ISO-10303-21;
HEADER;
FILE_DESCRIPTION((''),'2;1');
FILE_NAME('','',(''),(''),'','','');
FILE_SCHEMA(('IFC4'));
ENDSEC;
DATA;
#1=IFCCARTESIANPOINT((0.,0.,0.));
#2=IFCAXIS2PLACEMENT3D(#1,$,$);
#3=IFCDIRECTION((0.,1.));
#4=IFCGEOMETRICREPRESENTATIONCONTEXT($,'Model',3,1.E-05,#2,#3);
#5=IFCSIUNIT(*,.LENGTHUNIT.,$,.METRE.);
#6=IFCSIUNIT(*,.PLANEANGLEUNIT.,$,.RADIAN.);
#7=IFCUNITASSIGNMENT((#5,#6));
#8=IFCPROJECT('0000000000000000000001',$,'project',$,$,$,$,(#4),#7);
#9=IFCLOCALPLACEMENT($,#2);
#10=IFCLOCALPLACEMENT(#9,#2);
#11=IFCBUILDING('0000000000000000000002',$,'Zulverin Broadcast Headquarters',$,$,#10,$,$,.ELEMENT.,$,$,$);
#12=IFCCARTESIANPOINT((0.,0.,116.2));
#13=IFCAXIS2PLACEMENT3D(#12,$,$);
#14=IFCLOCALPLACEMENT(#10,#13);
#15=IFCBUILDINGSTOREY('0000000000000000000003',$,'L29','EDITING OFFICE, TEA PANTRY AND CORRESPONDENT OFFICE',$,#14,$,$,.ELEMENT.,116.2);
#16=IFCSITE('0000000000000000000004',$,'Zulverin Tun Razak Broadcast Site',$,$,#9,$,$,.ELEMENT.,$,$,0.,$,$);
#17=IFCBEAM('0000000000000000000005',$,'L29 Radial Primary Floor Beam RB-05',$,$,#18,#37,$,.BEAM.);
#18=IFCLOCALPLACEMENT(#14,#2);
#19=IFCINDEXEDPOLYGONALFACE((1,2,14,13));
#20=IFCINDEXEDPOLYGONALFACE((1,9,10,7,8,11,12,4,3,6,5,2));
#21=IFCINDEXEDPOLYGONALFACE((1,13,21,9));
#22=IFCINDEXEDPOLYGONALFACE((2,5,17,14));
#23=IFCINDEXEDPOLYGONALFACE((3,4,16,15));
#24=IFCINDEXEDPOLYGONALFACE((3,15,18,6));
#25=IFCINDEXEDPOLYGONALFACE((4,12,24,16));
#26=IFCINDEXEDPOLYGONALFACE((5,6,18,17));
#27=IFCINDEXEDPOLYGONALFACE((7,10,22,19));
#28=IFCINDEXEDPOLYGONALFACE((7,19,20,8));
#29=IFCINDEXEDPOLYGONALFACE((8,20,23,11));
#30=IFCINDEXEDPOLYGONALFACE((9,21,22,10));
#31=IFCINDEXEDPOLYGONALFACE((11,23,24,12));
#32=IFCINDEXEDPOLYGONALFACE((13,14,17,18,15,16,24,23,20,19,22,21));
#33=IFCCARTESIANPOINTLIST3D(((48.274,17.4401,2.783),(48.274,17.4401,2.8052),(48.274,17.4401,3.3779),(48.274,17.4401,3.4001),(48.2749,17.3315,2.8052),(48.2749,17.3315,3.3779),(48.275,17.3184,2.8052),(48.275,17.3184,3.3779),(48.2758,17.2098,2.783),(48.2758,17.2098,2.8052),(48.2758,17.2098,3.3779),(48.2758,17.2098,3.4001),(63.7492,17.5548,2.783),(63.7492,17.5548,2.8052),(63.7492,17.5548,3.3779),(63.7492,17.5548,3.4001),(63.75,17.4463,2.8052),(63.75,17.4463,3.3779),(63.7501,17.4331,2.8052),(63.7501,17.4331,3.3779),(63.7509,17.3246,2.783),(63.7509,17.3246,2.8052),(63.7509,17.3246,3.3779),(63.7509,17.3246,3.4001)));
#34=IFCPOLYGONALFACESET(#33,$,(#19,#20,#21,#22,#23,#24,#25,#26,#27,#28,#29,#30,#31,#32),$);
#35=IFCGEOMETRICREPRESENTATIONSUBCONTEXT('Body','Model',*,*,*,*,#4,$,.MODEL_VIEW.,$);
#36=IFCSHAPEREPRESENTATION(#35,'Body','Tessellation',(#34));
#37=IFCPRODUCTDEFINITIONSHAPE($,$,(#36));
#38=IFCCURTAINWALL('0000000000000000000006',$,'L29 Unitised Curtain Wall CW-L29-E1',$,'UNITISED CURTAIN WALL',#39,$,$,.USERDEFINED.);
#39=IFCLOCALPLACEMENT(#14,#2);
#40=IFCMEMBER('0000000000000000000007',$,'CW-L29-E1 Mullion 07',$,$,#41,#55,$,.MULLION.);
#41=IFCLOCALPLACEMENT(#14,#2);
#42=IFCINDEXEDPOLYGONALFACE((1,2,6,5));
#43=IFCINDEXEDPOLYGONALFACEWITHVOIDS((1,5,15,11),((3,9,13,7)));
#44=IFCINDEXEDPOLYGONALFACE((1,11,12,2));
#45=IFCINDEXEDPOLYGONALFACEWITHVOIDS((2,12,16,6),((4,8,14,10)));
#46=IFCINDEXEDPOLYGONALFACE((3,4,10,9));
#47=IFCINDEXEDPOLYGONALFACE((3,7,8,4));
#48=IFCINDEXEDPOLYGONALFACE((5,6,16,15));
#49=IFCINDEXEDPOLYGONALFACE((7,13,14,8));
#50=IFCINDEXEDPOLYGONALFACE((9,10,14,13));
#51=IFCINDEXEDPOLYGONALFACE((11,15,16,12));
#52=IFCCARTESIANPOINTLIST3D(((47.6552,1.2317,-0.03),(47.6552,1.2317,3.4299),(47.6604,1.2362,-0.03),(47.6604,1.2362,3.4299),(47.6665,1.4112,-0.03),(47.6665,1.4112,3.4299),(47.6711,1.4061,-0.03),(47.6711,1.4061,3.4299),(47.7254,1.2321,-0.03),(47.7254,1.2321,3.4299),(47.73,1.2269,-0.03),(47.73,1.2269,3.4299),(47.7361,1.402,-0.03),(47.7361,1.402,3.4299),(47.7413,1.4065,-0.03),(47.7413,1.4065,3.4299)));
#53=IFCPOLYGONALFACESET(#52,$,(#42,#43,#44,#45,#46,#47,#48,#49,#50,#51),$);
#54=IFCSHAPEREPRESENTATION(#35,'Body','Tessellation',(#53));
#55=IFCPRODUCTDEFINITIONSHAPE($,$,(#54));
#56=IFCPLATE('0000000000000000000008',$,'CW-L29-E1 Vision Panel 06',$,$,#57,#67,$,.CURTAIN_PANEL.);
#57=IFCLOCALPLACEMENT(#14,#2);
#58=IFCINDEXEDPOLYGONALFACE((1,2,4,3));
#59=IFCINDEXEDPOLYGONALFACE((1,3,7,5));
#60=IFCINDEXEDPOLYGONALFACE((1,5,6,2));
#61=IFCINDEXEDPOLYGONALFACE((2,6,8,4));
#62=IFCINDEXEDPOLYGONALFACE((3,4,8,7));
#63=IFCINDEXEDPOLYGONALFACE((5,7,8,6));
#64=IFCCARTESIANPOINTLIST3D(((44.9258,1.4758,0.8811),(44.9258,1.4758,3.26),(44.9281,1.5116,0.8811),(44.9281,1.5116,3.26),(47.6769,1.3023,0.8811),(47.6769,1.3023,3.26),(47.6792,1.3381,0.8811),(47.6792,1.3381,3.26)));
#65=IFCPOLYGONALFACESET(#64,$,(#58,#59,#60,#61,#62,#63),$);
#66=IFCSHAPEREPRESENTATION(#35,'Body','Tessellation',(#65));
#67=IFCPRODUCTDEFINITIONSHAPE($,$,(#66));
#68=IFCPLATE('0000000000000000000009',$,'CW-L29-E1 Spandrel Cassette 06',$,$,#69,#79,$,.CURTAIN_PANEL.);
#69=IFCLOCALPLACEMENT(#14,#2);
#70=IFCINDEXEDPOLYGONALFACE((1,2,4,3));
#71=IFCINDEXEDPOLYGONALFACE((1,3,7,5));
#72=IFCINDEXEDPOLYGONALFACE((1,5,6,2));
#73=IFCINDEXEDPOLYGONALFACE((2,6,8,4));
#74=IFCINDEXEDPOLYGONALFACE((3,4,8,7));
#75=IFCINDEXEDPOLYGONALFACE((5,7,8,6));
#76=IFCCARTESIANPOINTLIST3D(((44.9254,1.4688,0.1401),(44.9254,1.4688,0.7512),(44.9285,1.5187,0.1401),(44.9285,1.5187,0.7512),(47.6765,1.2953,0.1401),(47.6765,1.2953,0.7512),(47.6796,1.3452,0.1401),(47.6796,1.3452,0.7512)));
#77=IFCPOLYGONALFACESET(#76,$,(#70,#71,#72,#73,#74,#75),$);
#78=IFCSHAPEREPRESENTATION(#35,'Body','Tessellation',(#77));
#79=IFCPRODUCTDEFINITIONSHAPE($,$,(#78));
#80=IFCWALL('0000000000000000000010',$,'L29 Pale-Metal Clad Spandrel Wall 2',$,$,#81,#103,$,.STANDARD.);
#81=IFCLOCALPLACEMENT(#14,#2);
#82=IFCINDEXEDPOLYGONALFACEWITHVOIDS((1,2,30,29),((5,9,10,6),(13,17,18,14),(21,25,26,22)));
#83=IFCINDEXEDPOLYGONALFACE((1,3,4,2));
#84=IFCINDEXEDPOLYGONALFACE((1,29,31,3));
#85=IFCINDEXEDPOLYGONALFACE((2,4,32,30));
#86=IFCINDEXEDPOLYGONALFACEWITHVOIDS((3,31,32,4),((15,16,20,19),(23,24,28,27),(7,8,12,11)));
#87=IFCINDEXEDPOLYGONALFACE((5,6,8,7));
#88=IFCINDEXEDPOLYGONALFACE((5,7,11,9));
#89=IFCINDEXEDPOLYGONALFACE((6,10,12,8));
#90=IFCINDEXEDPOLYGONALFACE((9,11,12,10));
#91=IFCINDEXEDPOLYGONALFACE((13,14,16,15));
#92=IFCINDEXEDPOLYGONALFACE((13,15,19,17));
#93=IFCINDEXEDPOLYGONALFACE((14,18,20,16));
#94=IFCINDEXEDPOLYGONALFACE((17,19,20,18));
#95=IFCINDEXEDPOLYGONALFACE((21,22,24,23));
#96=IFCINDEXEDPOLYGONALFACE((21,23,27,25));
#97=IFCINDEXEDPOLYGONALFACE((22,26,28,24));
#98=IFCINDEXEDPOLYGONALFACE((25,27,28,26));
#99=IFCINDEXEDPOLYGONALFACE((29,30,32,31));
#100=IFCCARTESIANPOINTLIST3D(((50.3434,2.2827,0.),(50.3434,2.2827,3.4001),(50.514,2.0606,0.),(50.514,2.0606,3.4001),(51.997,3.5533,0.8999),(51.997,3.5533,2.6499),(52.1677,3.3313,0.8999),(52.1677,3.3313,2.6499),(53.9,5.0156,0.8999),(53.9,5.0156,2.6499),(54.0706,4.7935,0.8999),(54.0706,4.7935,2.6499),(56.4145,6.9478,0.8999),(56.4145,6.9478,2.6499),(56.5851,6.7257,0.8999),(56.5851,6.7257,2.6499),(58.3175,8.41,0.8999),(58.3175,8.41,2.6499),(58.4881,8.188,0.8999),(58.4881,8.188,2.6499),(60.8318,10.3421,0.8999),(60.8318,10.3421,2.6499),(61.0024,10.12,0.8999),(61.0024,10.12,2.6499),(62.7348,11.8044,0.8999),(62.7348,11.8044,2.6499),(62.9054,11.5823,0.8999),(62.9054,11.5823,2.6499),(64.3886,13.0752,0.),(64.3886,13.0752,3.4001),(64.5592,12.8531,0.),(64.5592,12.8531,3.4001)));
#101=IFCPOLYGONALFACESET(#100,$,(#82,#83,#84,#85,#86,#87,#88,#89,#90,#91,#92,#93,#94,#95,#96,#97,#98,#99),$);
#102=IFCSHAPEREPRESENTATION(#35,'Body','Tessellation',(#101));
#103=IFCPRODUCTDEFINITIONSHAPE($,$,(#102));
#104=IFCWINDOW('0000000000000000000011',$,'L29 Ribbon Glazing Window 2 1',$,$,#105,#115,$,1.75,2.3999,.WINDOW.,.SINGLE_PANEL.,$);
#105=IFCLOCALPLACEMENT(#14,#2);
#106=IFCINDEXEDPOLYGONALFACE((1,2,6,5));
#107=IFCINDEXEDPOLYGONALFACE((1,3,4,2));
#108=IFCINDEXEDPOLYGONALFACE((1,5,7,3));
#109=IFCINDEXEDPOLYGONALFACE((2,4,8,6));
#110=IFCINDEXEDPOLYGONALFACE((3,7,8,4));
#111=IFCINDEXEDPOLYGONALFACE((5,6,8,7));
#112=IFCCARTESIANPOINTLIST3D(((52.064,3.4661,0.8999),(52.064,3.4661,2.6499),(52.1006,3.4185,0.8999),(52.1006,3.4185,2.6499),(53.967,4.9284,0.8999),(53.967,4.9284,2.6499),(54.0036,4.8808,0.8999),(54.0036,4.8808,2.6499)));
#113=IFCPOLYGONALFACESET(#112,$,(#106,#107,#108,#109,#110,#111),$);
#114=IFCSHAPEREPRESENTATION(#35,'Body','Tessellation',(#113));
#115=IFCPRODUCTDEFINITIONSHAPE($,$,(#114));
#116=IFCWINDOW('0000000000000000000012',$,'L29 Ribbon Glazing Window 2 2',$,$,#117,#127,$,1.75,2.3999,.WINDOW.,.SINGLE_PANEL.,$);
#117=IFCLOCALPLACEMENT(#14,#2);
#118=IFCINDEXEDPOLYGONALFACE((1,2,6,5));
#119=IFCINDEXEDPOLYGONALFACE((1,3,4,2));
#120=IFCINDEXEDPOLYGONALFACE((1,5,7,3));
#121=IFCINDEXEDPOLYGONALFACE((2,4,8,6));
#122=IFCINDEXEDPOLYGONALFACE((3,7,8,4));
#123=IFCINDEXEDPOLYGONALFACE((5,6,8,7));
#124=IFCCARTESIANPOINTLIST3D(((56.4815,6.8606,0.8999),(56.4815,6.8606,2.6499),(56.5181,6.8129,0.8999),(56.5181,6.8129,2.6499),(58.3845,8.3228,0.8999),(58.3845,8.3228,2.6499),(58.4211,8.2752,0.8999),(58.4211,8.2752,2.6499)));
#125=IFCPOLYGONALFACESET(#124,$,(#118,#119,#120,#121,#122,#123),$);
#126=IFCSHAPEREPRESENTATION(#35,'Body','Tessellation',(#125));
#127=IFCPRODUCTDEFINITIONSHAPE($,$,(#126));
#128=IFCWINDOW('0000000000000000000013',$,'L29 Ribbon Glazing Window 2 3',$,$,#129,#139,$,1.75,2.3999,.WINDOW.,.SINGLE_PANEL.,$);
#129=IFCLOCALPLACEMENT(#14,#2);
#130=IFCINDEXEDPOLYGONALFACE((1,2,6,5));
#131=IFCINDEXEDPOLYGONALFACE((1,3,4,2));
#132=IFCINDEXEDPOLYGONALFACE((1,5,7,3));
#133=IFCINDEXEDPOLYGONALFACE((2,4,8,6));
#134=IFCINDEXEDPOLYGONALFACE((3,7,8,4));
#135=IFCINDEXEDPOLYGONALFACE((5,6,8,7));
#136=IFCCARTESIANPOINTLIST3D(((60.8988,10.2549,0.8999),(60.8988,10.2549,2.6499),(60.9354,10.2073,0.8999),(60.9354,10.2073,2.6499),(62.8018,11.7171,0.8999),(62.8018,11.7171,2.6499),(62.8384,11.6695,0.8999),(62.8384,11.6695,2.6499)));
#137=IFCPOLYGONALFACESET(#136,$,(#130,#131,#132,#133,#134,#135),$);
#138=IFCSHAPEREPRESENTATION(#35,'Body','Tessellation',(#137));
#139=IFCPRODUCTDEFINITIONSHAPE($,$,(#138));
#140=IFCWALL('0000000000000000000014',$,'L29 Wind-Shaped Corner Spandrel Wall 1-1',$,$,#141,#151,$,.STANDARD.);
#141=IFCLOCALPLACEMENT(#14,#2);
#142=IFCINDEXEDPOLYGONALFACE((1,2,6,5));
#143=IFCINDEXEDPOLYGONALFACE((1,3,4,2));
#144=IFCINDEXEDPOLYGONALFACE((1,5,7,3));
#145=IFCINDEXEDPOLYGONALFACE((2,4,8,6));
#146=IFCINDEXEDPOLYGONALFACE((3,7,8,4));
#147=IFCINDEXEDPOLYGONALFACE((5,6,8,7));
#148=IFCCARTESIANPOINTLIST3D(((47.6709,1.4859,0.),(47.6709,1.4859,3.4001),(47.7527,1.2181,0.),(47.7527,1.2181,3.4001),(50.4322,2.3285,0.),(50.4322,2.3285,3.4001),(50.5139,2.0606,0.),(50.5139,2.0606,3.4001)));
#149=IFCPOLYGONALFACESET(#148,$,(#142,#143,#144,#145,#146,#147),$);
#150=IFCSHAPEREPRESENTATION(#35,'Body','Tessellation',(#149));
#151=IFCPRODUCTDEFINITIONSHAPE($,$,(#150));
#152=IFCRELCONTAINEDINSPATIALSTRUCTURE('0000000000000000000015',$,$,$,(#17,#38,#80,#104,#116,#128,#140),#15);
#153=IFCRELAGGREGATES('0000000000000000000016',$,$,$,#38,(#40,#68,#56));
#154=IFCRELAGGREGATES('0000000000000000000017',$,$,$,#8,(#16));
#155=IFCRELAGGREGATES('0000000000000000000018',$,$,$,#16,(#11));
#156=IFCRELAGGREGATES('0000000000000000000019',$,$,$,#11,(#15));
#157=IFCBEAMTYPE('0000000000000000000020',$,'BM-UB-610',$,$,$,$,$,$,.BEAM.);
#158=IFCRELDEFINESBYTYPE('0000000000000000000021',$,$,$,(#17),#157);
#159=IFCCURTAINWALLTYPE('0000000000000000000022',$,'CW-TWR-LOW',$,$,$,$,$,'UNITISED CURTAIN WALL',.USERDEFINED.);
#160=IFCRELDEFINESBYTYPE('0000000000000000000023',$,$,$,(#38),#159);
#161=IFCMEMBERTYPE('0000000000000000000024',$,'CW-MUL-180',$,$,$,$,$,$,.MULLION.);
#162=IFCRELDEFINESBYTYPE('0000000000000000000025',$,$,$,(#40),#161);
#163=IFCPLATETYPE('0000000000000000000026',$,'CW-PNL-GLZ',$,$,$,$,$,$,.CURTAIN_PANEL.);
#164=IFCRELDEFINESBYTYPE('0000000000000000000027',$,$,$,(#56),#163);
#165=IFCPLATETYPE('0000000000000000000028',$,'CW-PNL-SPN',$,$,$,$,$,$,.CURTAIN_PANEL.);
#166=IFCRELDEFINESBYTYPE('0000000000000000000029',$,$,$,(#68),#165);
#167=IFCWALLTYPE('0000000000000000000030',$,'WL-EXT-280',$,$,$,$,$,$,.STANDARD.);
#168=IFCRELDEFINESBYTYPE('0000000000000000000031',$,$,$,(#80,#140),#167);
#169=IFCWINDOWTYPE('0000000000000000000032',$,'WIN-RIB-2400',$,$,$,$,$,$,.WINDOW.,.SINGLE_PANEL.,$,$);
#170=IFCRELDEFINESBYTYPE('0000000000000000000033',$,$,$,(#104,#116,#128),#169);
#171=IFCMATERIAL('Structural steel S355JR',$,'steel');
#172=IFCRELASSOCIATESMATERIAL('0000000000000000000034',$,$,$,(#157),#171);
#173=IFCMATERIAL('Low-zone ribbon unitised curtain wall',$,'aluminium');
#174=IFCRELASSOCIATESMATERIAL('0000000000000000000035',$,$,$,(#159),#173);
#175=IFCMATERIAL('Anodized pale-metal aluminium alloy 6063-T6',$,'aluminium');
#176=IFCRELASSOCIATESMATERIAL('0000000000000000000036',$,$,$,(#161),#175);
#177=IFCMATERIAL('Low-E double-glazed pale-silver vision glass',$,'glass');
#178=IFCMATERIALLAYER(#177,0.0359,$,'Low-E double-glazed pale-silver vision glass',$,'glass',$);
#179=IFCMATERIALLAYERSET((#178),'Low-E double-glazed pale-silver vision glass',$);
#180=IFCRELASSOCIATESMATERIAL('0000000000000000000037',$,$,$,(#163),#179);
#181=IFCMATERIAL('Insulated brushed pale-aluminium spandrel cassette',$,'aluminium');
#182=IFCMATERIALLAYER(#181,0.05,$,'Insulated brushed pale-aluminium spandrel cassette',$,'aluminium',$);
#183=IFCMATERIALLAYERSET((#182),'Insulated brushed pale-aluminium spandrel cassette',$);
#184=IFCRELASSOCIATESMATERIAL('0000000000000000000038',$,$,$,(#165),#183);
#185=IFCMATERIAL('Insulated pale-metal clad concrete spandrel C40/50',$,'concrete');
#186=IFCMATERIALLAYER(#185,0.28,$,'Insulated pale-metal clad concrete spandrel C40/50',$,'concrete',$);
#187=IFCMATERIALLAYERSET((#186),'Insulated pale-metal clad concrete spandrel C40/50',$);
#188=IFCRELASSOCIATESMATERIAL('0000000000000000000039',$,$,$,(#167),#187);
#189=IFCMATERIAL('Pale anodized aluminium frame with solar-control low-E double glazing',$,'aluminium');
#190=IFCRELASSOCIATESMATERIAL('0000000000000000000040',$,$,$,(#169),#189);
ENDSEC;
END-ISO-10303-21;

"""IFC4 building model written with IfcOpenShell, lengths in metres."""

from ifc_helpers import new_model, si_unit, direction, frame, frame_2d, origin, origin_2d, place, context, subcontext, project, spatial, rectangle, hollow_rectangle, i_section, extrude, material, layer, layer_set, material_profile, profile_set, type_object, element, fill, aggregate, save


model = new_model("IFC4")

# Units and contexts
model_context = context("Model", 3, precision=1e-05, world=origin(), true_north=direction((0.0, 1.0)))
body_context = subcontext(model_context, "Body", "Model", "MODEL_VIEW")
ifc_project = project(units=[si_unit("LENGTHUNIT", "METRE"), si_unit("PLANEANGLEUNIT", "RADIAN")], contexts=[model_context])

# Site, building, storey
site_placement = place(None, origin())
site = spatial("IfcSite", under=ifc_project, at=site_placement, Name="Zulverin Tun Razak Broadcast Site", CompositionType="ELEMENT", RefElevation=0.0)
building_placement = place(site_placement, origin())
building = spatial("IfcBuilding", under=site, at=building_placement, Name="Zulverin Broadcast Headquarters", CompositionType="ELEMENT")
storey_placement = place(building_placement, frame((0.0, 0.0, 116.2)))
storey = spatial("IfcBuildingStorey", under=building, at=storey_placement, Name="L29", Description="EDITING OFFICE, TEA PANTRY AND CORRESPONDENT OFFICE", CompositionType="ELEMENT", Elevation=116.2)

# Beam
ifc_material_1 = material(Name="Structural steel S355JR", Category="steel")
ifc_material_profile_1 = material_profile(ifc_material_1, i_section(OverallWidth=0.2302, OverallDepth=0.6172, WebThickness=0.0132, FlangeThickness=0.0222, at=origin_2d()), Name="Structural steel S355JR", Category="steel")
ifc_profile_set_1 = profile_set([ifc_material_profile_1], Name="Structural steel S355JR")
beam_type_1 = type_object("IfcBeamType", Name="BM-UB-610", PredefinedType="BEAM", material=ifc_profile_set_1)
beam_1_placement = place(storey_placement, frame((48.2749, 17.325, 3.0916), z_axis=(0.999973, 0.007415, 0.0), x_axis=(-0.007415, 0.999973, 0.0)))
element("IfcBeam", 1, at=beam_1_placement, inside=storey, type_object=beam_type_1, Name="L29 Radial Primary Floor Beam RB-05", PredefinedType="BEAM", context=body_context, shape_type="SweptSolid", body=[
    extrude(i_section(OverallWidth=0.2302, OverallDepth=0.6172, WebThickness=0.0132, FlangeThickness=0.0222, at=origin_2d()), origin(), (0.0, 0.0, 1.0), 15.4756),
])

# Curtain wall, member, plates
ifc_material_2 = material(Name="Low-zone ribbon unitised curtain wall", Category="aluminium")
curtain_wall_type = type_object("IfcCurtainWallType", Name="CW-TWR-LOW", ElementType="UNITISED CURTAIN WALL", PredefinedType="USERDEFINED", material=ifc_material_2)
curtain_wall_placement = place(storey_placement, origin())
curtain_wall = element("IfcCurtainWall", 2, at=curtain_wall_placement, inside=storey, type_object=curtain_wall_type, Name="L29 Unitised Curtain Wall CW-L29-E1", ObjectType="UNITISED CURTAIN WALL", PredefinedType="USERDEFINED")
ifc_material_3 = material(Name="Anodized pale-metal aluminium alloy 6063-T6", Category="aluminium")
ifc_material_profile_2 = material_profile(ifc_material_3, hollow_rectangle(XDim=0.075, YDim=0.1799, WallThickness=0.0049, at=origin_2d()), Name="Anodized pale-metal aluminium alloy 6063-T6", Category="aluminium")
ifc_profile_set_2 = profile_set([ifc_material_profile_2], Name="Anodized pale-metal aluminium alloy 6063-T6")
member_type = type_object("IfcMemberType", Name="CW-MUL-180", PredefinedType="MULLION", material=ifc_profile_set_2)
member_placement = place(storey_placement, frame((47.6982, 1.3191, -0.03), z_axis=(0.0, 0.0, 1.0), x_axis=(0.998017, -0.062942, 0.0)))
member = element("IfcMember", 3, at=member_placement, type_object=member_type, Name="CW-L29-E1 Mullion 07", PredefinedType="MULLION", context=body_context, shape_type="SweptSolid", body=[
    extrude(hollow_rectangle(XDim=0.075, YDim=0.1799, WallThickness=0.0049, at=origin_2d()), origin(), (0.0, 0.0, 1.0), 3.46),
])
ifc_material_4 = material(Name="Low-E double-glazed pale-silver vision glass", Category="glass")
ifc_layer_1 = layer(ifc_material_4, 0.0359, Name="Low-E double-glazed pale-silver vision glass", Category="glass")
ifc_layer_set_1 = layer_set([ifc_layer_1], Name="Low-E double-glazed pale-silver vision glass")
plate_type_1 = type_object("IfcPlateType", Name="CW-PNL-GLZ", PredefinedType="CURTAIN_PANEL", material=ifc_layer_set_1)
plate_1_placement = place(storey_placement, frame((46.3025, 1.407, 0.8811), z_axis=(0.0, 0.0, 1.0), x_axis=(0.998017, -0.062942, 0.0)))
plate_1 = element("IfcPlate", 4, at=plate_1_placement, type_object=plate_type_1, Name="CW-L29-E1 Vision Panel 06", PredefinedType="CURTAIN_PANEL", context=body_context, shape_type="SweptSolid", body=[
    extrude(rectangle(XDim=2.7566, YDim=0.0359, at=origin_2d()), origin(), (0.0, 0.0, 1.0), 2.3789),
])
ifc_material_5 = material(Name="Insulated brushed pale-aluminium spandrel cassette", Category="aluminium")
ifc_layer_2 = layer(ifc_material_5, 0.05, Name="Insulated brushed pale-aluminium spandrel cassette", Category="aluminium")
ifc_layer_set_2 = layer_set([ifc_layer_2], Name="Insulated brushed pale-aluminium spandrel cassette")
plate_type_2 = type_object("IfcPlateType", Name="CW-PNL-SPN", PredefinedType="CURTAIN_PANEL", material=ifc_layer_set_2)
plate_2_placement = place(storey_placement, frame((46.3025, 1.407, 0.1401), z_axis=(0.0, 0.0, 1.0), x_axis=(0.998017, -0.062942, 0.0)))
plate_2 = element("IfcPlate", 5, at=plate_2_placement, type_object=plate_type_2, Name="CW-L29-E1 Spandrel Cassette 06", PredefinedType="CURTAIN_PANEL", context=body_context, shape_type="SweptSolid", body=[
    extrude(rectangle(XDim=2.7566, YDim=0.05, at=origin_2d()), origin(), (0.0, 0.0, 1.0), 0.6111),
])
aggregate(curtain_wall, [member, plate_2, plate_1])

# Wall, openings, windows
ifc_material_6 = material(Name="Insulated pale-metal clad concrete spandrel C40/50", Category="concrete")
ifc_layer_3 = layer(ifc_material_6, 0.28, Name="Insulated pale-metal clad concrete spandrel C40/50", Category="concrete")
ifc_layer_set_3 = layer_set([ifc_layer_3], Name="Insulated pale-metal clad concrete spandrel C40/50")
wall_type_1 = type_object("IfcWallType", Name="WL-EXT-280", PredefinedType="STANDARD", material=ifc_layer_set_3)
wall_1_placement = place(storey_placement, frame((50.4287, 2.1716, 0.0), z_axis=(0.0, 0.0, 1.0), x_axis=(0.792937, 0.609303, 0.0)))
wall_1 = element("IfcWall", 6, at=wall_1_placement, inside=storey, type_object=wall_type_1, Name="L29 Pale-Metal Clad Spandrel Wall 2", PredefinedType="STANDARD", context=body_context, shape_type="SweptSolid", body=[
    extrude(rectangle(XDim=17.7129, YDim=0.28, at=frame_2d((8.8564, 0.0))), origin(), (0.0, 0.0, 1.0), 3.4001),
])
opening_1_placement = place(wall_1_placement, frame((2.0854, 0.0, 0.8999)))
opening_1 = element("IfcOpeningElement", 7, at=opening_1_placement, cuts=wall_1, PredefinedType="OPENING", context=body_context, shape_type="SweptSolid", body=[
    extrude(rectangle(XDim=2.3999, YDim=1.75, at=frame_2d((1.2, 0.875))), frame((0.0, 0.1499, 0.0), z_axis=(0.0, -1.0, 0.0), x_axis=(1.0, 0.0, 0.0)), (0.0, 0.0, 1.0), 0.3),
])
opening_2_placement = place(wall_1_placement, frame((7.6565, 0.0, 0.8999)))
opening_2 = element("IfcOpeningElement", 8, at=opening_2_placement, cuts=wall_1, PredefinedType="OPENING", context=body_context, shape_type="SweptSolid", body=[
    extrude(rectangle(XDim=2.3999, YDim=1.75, at=frame_2d((1.2, 0.875))), frame((0.0, 0.1499, 0.0), z_axis=(0.0, -1.0, 0.0), x_axis=(1.0, 0.0, 0.0)), (0.0, 0.0, 1.0), 0.3),
])
opening_3_placement = place(wall_1_placement, frame((13.2273, 0.0, 0.8999)))
opening_3 = element("IfcOpeningElement", 9, at=opening_3_placement, cuts=wall_1, PredefinedType="OPENING", context=body_context, shape_type="SweptSolid", body=[
    extrude(rectangle(XDim=2.3999, YDim=1.75, at=frame_2d((1.2, 0.875))), frame((0.0, 0.1499, 0.0), z_axis=(0.0, -1.0, 0.0), x_axis=(1.0, 0.0, 0.0)), (0.0, 0.0, 1.0), 0.3),
])
ifc_material_7 = material(Name="Pale anodized aluminium frame with solar-control low-E double glazing", Category="aluminium")
window_type = type_object("IfcWindowType", Name="WIN-RIB-2400", PartitioningType="SINGLE_PANEL", PredefinedType="WINDOW", material=ifc_material_7)
window_1_placement = place(opening_1_placement, origin())
window_1 = element("IfcWindow", 10, at=window_1_placement, inside=storey, type_object=window_type, Name="L29 Ribbon Glazing Window 2 1", OverallHeight=1.75, OverallWidth=2.3999, PartitioningType="SINGLE_PANEL", PredefinedType="WINDOW", context=body_context, shape_type="SweptSolid", body=[
    extrude(rectangle(XDim=2.3999, YDim=1.75, at=frame_2d((1.2, 0.875))), frame((0.0, 0.03, 0.0), z_axis=(0.0, -1.0, 0.0), x_axis=(1.0, 0.0, 0.0)), (0.0, 0.0, 1.0), 0.0601),
])
fill(opening_1, window_1)
window_2_placement = place(opening_2_placement, origin())
window_2 = element("IfcWindow", 11, at=window_2_placement, inside=storey, type_object=window_type, Name="L29 Ribbon Glazing Window 2 2", OverallHeight=1.75, OverallWidth=2.3999, PartitioningType="SINGLE_PANEL", PredefinedType="WINDOW", context=body_context, shape_type="SweptSolid", body=[
    extrude(rectangle(XDim=2.3999, YDim=1.75, at=frame_2d((1.2, 0.875))), frame((0.0, 0.03, 0.0), z_axis=(0.0, -1.0, 0.0), x_axis=(1.0, 0.0, 0.0)), (0.0, 0.0, 1.0), 0.0601),
])
fill(opening_2, window_2)
window_3_placement = place(opening_3_placement, origin())
window_3 = element("IfcWindow", 12, at=window_3_placement, inside=storey, type_object=window_type, Name="L29 Ribbon Glazing Window 2 3", OverallHeight=1.75, OverallWidth=2.3999, PartitioningType="SINGLE_PANEL", PredefinedType="WINDOW", context=body_context, shape_type="SweptSolid", body=[
    extrude(rectangle(XDim=2.3999, YDim=1.75, at=frame_2d((1.2, 0.875))), frame((0.0, 0.03, 0.0), z_axis=(0.0, -1.0, 0.0), x_axis=(1.0, 0.0, 0.0)), (0.0, 0.0, 1.0), 0.0601),
])
fill(opening_3, window_3)

# Wall
wall_2_placement = place(storey_placement, frame((47.7119, 1.3521, 0.0), z_axis=(0.0, 0.0, 1.0), x_axis=(0.956466, 0.291845, 0.0)))
element("IfcWall", 13, at=wall_2_placement, inside=storey, type_object=wall_type_1, Name="L29 Wind-Shaped Corner Spandrel Wall 1-1", PredefinedType="STANDARD", context=body_context, shape_type="SweptSolid", body=[
    extrude(rectangle(XDim=2.887, YDim=0.28, at=frame_2d((1.4434, 0.0))), origin(), (0.0, 0.0, 1.0), 3.4001),
])

save(model, "model.ifc")
